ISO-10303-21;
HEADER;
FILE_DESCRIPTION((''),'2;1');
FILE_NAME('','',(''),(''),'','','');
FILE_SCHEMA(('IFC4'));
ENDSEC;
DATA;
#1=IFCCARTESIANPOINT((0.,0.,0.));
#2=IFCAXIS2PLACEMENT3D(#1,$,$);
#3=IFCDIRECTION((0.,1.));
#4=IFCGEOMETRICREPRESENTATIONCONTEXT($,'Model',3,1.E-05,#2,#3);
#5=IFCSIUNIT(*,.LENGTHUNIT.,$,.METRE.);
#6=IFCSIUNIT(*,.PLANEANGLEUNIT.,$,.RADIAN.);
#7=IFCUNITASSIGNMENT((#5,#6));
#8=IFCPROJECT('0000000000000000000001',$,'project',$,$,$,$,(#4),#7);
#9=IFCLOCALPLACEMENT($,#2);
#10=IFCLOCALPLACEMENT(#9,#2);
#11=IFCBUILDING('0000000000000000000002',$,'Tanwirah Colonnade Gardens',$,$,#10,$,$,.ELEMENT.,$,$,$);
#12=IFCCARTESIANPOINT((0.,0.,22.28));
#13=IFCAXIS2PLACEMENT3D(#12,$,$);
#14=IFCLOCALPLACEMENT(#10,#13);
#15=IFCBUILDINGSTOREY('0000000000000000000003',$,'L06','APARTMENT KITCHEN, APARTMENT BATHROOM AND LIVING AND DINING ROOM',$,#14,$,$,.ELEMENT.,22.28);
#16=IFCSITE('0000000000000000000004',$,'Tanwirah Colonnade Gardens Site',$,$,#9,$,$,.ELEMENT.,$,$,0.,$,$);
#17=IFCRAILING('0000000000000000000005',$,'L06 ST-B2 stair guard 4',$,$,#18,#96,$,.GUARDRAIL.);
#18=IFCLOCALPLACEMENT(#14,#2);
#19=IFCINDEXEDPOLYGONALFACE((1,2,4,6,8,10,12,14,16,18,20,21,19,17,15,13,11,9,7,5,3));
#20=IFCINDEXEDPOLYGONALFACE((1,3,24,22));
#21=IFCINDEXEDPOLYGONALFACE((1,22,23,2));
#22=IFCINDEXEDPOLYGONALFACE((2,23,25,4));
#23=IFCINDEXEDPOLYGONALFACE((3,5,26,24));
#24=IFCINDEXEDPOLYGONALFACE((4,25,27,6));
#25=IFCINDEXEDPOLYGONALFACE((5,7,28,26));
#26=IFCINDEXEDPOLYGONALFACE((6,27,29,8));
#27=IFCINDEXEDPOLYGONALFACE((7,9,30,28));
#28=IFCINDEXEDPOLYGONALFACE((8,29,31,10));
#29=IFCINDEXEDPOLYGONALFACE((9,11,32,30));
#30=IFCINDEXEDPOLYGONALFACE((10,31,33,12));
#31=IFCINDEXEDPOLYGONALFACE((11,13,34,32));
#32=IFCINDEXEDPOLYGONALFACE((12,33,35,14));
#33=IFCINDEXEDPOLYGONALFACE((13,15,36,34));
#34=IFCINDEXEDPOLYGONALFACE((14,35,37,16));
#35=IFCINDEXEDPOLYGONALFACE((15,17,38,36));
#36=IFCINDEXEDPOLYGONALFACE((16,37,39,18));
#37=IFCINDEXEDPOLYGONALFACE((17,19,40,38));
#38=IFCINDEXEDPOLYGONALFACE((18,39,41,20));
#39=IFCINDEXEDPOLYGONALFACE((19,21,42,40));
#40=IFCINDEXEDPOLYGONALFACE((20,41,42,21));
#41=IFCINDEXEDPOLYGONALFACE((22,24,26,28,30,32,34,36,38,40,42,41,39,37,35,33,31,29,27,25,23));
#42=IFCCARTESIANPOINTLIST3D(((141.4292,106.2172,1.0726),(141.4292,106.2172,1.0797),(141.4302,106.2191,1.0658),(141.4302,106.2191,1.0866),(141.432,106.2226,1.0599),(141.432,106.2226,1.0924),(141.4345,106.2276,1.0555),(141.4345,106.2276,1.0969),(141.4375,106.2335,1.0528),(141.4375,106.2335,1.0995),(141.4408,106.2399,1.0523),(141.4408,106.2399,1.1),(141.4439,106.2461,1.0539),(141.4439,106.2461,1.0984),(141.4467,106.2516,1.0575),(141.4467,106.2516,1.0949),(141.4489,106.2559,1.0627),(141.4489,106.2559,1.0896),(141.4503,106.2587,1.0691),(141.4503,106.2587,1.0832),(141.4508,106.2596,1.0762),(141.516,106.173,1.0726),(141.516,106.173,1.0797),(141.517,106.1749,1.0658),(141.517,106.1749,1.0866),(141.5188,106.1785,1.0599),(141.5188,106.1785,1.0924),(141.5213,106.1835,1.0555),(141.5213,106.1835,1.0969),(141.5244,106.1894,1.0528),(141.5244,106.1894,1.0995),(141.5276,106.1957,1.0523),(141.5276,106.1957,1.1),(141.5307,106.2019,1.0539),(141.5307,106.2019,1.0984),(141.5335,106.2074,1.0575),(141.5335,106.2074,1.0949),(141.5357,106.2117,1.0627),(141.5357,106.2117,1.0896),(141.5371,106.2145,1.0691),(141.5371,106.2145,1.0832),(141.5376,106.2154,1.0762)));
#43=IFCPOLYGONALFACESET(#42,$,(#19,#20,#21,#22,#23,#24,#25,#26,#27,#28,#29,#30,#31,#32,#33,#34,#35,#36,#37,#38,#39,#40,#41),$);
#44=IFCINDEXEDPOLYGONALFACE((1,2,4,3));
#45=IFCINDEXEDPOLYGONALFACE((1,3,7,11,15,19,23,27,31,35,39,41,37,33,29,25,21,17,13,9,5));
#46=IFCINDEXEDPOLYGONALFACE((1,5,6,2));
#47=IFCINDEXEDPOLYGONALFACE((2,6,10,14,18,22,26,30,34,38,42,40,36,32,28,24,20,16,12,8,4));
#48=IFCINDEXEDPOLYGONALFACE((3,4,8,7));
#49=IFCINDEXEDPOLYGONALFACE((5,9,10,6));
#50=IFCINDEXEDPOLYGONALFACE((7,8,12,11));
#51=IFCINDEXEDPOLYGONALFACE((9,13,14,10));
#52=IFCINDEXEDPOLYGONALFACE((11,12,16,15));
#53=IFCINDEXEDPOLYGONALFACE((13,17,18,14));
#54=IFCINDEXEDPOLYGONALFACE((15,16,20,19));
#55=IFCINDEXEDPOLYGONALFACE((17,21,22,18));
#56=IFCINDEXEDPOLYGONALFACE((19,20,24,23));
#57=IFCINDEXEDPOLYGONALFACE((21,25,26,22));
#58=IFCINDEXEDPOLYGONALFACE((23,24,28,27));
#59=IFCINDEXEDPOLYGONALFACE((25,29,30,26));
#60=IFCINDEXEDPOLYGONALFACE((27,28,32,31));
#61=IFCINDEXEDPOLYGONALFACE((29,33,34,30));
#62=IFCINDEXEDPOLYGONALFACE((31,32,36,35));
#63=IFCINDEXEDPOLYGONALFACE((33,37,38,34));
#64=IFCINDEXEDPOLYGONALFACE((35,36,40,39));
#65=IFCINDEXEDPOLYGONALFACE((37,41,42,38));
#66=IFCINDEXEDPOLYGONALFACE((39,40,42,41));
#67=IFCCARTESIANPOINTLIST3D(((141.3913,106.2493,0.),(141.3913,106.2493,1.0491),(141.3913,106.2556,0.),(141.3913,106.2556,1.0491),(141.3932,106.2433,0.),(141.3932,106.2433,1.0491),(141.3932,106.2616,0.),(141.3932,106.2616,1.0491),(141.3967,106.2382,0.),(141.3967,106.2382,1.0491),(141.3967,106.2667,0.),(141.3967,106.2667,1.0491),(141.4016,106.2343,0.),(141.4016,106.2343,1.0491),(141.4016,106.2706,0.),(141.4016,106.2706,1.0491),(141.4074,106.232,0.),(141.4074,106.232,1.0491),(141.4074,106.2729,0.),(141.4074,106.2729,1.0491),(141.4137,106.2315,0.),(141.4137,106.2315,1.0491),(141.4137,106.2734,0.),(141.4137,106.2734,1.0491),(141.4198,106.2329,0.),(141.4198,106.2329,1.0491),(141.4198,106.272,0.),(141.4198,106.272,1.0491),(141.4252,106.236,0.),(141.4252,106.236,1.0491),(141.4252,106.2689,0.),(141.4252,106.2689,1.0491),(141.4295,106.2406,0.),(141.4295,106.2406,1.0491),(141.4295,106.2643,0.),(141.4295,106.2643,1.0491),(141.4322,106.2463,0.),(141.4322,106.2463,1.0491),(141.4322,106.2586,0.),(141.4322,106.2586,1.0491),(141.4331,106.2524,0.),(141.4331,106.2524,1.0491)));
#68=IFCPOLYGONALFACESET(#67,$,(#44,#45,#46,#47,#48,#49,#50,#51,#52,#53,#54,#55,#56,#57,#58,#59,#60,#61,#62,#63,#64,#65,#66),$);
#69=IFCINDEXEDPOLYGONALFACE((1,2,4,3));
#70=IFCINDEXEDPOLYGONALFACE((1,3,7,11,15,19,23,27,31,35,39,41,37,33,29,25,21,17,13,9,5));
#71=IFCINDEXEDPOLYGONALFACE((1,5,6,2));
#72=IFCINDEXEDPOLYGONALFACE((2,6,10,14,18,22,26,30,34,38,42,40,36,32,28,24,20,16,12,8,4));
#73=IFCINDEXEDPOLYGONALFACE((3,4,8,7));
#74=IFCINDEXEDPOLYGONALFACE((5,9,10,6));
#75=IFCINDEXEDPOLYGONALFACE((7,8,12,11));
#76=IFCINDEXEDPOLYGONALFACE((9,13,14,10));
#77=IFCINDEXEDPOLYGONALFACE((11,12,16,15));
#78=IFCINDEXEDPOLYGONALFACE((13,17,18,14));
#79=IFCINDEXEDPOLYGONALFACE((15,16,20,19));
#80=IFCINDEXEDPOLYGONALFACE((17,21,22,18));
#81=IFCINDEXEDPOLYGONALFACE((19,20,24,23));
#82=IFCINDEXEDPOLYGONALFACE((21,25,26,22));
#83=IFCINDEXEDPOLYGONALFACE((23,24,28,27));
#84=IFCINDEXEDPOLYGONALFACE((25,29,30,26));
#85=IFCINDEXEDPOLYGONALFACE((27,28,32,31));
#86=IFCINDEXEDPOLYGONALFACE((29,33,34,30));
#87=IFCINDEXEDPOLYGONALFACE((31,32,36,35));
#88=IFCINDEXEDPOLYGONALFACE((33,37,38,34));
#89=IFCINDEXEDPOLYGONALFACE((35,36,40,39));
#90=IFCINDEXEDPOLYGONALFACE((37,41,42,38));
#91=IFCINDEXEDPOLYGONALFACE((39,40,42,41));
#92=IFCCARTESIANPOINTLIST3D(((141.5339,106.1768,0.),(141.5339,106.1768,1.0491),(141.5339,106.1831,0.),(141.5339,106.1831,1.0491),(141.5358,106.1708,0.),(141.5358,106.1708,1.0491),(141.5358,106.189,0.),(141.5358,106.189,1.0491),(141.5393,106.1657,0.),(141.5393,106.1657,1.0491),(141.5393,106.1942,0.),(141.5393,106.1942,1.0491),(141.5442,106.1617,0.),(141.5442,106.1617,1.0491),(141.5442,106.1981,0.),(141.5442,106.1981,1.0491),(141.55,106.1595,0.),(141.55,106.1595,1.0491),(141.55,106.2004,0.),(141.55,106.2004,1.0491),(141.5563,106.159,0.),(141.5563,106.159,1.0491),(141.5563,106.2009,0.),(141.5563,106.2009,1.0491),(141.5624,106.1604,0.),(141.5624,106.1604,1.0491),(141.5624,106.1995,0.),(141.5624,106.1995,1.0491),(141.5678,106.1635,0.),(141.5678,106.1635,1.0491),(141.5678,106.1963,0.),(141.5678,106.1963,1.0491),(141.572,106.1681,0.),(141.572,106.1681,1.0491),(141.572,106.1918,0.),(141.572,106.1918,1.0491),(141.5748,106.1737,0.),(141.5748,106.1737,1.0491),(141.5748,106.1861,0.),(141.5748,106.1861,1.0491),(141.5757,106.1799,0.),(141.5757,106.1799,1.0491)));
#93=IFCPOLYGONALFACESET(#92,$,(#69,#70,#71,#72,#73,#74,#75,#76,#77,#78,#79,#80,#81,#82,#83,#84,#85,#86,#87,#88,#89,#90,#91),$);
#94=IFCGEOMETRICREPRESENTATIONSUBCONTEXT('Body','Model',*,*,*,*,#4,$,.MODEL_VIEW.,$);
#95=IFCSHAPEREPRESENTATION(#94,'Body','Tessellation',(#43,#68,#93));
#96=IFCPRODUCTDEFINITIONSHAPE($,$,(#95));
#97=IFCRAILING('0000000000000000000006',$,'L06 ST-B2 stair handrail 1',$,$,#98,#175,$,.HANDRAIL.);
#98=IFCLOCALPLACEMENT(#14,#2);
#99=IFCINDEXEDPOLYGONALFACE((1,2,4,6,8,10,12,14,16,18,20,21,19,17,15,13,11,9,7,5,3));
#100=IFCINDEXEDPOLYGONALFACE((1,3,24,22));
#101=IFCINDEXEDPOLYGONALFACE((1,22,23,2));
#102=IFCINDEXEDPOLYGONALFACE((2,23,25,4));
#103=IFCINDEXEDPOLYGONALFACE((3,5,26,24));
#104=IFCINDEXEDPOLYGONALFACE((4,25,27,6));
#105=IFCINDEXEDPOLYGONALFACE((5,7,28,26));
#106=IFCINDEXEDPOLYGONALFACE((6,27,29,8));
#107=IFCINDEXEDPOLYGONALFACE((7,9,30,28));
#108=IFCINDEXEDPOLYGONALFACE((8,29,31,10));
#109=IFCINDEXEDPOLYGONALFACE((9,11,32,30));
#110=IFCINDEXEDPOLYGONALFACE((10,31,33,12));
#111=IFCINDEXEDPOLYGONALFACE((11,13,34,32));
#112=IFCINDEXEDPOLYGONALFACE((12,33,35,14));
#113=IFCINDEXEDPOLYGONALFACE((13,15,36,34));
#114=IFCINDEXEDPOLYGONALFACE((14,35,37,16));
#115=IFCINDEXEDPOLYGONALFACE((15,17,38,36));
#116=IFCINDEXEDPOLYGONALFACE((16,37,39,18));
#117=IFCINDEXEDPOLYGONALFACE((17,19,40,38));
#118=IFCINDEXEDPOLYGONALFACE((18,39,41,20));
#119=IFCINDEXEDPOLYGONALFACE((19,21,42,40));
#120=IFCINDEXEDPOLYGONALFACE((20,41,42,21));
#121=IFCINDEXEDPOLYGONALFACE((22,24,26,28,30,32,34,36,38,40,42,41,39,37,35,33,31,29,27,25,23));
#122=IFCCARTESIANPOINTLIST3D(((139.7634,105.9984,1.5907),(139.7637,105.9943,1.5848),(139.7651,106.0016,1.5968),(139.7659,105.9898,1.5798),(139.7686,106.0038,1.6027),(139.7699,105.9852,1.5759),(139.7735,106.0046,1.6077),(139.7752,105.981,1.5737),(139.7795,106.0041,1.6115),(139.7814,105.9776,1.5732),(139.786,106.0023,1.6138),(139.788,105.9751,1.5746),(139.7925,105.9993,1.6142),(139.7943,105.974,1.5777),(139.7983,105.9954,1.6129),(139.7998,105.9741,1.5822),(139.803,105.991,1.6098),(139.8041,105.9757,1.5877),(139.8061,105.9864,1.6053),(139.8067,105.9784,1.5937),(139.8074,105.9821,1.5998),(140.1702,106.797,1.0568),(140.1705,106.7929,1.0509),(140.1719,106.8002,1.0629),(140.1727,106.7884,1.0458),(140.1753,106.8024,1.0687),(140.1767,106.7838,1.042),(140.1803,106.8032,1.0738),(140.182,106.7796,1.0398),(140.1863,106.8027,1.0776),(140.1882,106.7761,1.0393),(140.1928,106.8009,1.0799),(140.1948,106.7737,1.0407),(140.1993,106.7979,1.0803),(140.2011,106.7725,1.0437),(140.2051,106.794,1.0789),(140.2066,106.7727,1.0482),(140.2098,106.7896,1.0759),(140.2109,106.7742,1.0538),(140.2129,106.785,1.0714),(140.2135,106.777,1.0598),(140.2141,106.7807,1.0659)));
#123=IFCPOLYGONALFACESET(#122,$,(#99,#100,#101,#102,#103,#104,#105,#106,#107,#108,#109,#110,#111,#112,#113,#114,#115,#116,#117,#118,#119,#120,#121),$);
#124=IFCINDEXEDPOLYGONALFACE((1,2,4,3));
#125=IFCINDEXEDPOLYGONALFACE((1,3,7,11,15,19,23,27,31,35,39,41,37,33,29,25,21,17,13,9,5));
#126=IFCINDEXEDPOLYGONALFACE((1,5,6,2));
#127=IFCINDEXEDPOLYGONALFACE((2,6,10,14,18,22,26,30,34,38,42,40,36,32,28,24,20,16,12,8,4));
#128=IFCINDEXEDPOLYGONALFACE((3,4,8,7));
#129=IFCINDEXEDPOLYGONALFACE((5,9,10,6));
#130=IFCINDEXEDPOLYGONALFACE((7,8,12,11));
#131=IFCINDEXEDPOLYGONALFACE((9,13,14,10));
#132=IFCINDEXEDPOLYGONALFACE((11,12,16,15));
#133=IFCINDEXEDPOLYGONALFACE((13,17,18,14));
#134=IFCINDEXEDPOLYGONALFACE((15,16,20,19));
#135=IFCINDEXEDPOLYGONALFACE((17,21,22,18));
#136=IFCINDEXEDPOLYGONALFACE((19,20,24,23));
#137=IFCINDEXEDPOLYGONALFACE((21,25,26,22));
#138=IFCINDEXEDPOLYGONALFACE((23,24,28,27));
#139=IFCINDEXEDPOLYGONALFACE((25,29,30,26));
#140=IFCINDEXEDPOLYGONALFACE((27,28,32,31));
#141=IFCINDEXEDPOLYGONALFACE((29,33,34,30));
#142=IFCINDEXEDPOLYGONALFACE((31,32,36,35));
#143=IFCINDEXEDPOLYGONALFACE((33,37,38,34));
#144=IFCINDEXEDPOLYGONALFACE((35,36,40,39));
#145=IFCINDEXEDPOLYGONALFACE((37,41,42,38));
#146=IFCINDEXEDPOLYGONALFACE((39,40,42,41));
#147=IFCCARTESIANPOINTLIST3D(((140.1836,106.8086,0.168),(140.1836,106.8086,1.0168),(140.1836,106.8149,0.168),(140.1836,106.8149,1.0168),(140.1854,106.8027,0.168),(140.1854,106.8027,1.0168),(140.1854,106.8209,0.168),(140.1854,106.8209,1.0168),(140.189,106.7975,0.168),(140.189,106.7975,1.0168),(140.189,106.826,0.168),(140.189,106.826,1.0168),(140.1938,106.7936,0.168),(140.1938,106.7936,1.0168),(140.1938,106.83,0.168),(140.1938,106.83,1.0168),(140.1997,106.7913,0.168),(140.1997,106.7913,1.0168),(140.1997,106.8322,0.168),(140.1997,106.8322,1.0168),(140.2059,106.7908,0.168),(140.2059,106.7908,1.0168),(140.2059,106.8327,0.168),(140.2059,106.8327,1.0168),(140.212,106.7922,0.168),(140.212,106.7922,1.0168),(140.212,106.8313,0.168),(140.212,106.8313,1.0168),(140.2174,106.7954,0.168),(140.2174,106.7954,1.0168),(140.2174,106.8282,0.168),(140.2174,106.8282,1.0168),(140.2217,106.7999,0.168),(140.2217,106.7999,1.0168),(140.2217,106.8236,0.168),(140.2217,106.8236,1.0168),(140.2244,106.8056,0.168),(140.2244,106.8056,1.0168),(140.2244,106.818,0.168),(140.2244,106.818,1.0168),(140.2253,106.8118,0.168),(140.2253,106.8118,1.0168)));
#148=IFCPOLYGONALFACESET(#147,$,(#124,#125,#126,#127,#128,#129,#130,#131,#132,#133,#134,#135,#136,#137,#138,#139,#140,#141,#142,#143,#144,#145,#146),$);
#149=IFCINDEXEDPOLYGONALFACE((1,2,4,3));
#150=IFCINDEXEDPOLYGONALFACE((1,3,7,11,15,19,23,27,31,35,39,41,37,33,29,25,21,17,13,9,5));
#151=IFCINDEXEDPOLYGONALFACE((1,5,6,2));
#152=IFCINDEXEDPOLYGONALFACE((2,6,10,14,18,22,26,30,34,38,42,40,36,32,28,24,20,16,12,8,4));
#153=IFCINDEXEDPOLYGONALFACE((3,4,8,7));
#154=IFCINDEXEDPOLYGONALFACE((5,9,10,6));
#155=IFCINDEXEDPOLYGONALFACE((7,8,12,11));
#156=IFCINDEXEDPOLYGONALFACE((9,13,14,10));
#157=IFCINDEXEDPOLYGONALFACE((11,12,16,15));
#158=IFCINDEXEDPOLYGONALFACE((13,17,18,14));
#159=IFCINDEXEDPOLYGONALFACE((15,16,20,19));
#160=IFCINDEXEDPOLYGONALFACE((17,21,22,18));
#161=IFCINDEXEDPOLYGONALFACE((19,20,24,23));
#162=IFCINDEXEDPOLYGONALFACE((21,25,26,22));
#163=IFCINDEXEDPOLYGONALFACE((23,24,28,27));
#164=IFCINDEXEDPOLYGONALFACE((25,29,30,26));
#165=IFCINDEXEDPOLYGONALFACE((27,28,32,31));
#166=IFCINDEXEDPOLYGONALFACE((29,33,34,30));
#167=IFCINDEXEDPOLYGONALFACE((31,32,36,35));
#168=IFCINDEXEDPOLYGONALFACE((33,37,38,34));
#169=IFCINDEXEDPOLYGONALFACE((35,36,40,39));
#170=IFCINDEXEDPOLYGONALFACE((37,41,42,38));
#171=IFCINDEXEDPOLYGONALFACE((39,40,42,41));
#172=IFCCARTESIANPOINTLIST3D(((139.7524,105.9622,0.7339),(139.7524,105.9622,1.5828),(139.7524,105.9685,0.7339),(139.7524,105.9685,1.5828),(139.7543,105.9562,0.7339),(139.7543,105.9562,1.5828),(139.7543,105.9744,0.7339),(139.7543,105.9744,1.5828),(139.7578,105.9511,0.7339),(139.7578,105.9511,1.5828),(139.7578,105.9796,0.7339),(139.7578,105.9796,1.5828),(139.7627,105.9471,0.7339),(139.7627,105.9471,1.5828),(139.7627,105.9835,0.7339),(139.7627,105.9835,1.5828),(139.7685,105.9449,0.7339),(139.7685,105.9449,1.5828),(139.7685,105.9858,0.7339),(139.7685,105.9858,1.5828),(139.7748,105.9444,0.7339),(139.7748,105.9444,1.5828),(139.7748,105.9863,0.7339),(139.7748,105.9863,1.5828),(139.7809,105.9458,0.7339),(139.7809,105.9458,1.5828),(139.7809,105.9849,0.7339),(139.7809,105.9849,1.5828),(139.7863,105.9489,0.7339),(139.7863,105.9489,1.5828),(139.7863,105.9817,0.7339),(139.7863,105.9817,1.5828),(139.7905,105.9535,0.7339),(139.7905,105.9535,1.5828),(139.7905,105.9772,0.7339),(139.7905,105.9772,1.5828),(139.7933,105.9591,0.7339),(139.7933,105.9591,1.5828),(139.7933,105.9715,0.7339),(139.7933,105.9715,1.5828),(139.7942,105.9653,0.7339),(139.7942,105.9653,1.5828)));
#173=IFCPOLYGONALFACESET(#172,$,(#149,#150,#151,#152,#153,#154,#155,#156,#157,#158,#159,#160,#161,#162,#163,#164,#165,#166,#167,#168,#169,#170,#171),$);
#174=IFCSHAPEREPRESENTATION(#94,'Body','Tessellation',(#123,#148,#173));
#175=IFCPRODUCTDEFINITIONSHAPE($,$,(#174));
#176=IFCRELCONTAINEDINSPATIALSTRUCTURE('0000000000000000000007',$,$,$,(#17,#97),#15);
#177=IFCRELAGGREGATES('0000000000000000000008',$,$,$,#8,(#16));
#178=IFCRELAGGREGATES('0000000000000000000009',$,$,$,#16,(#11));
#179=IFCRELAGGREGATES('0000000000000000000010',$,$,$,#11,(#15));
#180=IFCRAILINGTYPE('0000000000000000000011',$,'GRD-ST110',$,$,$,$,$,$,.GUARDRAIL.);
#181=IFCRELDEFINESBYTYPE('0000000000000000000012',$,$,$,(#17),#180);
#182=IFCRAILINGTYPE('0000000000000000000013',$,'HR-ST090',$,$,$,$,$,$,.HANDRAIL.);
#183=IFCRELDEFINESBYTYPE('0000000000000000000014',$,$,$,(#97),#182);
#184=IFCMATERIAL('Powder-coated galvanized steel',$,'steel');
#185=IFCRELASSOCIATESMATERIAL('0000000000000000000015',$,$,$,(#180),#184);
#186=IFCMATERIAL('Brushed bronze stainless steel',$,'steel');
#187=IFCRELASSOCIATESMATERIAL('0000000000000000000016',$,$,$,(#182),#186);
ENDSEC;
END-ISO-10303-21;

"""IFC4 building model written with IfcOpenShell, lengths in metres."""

from ifc_helpers import new_model, si_unit, direction, frame, origin, origin_2d, place, context, subcontext, project, spatial, circle, extrude, material, type_object, element, save


model = new_model("IFC4")

# Units and contexts
model_context = context("Model", 3, precision=1e-05, world=origin(), true_north=direction((0.0, 1.0)))
body_context = subcontext(model_context, "Body", "Model", "MODEL_VIEW")
ifc_project = project(units=[si_unit("LENGTHUNIT", "METRE"), si_unit("PLANEANGLEUNIT", "RADIAN")], contexts=[model_context])

# Site, building, storey
site_placement = place(None, origin())
site = spatial("IfcSite", under=ifc_project, at=site_placement, Name="Tanwirah Colonnade Gardens Site", CompositionType="ELEMENT", RefElevation=0.0)
building_placement = place(site_placement, origin())
building = spatial("IfcBuilding", under=site, at=building_placement, Name="Tanwirah Colonnade Gardens", CompositionType="ELEMENT")
storey_placement = place(building_placement, frame((0.0, 0.0, 22.28)))
storey = spatial("IfcBuildingStorey", under=building, at=storey_placement, Name="L06", Description="APARTMENT KITCHEN, APARTMENT BATHROOM AND LIVING AND DINING ROOM", CompositionType="ELEMENT", Elevation=22.28)

# Railings
ifc_material_1 = material(Name="Powder-coated galvanized steel", Category="steel")
railing_type_1 = type_object("IfcRailingType", Name="GRD-ST110", PredefinedType="GUARDRAIL", material=ifc_material_1)
railing_1_placement = place(storey_placement, frame((141.4121, 106.2524, 0.0)))
element("IfcRailing", 1, at=railing_1_placement, inside=storey, type_object=railing_type_1, Name="L06 ST-B2 stair guard 4", PredefinedType="GUARDRAIL", context=body_context, shape_type="SweptSolid", body=[
    extrude(circle(Radius=0.0239, at=origin_2d()), frame((0.0278, -0.0142, 1.0762), z_axis=(0.891354, -0.453308, 0.0), x_axis=(0.453308, 0.891354, 0.0)), (0.0, 0.0, 1.0), 0.0974),
    extrude(circle(Radius=0.021, at=origin_2d()), origin(), (0.0, 0.0, 1.0), 1.0491),
    extrude(circle(Radius=0.021, at=origin_2d()), frame((0.1426, -0.0725, 0.0)), (0.0, 0.0, 1.0), 1.0491),
])
ifc_material_2 = material(Name="Brushed bronze stainless steel", Category="steel")
railing_type_2 = type_object("IfcRailingType", Name="HR-ST090", PredefinedType="HANDRAIL", material=ifc_material_2)
railing_2_placement = place(storey_placement, frame((140.2043, 106.8118, 0.168)))
element("IfcRailing", 2, at=railing_2_placement, inside=storey, type_object=railing_type_2, Name="L06 ST-B2 stair handrail 1", PredefinedType="HANDRAIL", context=body_context, shape_type="SweptSolid", body=[
    extrude(circle(Radius=0.0239, at=origin_2d()), frame((-0.0122, -0.0239, 0.8918), z_axis=(-0.38993, -0.765509, 0.511811), x_axis=(0.891061, -0.453883, 0.0)), (0.0, 0.0, 1.0), 1.0432),
    extrude(circle(Radius=0.021, at=origin_2d()), origin(), (0.0, 0.0, 1.0), 0.8489),
    extrude(circle(Radius=0.021, at=origin_2d()), frame((-0.4312, -0.8464, 0.5659)), (0.0, 0.0, 1.0), 0.8489),
])

save(model, "model.ifc")
